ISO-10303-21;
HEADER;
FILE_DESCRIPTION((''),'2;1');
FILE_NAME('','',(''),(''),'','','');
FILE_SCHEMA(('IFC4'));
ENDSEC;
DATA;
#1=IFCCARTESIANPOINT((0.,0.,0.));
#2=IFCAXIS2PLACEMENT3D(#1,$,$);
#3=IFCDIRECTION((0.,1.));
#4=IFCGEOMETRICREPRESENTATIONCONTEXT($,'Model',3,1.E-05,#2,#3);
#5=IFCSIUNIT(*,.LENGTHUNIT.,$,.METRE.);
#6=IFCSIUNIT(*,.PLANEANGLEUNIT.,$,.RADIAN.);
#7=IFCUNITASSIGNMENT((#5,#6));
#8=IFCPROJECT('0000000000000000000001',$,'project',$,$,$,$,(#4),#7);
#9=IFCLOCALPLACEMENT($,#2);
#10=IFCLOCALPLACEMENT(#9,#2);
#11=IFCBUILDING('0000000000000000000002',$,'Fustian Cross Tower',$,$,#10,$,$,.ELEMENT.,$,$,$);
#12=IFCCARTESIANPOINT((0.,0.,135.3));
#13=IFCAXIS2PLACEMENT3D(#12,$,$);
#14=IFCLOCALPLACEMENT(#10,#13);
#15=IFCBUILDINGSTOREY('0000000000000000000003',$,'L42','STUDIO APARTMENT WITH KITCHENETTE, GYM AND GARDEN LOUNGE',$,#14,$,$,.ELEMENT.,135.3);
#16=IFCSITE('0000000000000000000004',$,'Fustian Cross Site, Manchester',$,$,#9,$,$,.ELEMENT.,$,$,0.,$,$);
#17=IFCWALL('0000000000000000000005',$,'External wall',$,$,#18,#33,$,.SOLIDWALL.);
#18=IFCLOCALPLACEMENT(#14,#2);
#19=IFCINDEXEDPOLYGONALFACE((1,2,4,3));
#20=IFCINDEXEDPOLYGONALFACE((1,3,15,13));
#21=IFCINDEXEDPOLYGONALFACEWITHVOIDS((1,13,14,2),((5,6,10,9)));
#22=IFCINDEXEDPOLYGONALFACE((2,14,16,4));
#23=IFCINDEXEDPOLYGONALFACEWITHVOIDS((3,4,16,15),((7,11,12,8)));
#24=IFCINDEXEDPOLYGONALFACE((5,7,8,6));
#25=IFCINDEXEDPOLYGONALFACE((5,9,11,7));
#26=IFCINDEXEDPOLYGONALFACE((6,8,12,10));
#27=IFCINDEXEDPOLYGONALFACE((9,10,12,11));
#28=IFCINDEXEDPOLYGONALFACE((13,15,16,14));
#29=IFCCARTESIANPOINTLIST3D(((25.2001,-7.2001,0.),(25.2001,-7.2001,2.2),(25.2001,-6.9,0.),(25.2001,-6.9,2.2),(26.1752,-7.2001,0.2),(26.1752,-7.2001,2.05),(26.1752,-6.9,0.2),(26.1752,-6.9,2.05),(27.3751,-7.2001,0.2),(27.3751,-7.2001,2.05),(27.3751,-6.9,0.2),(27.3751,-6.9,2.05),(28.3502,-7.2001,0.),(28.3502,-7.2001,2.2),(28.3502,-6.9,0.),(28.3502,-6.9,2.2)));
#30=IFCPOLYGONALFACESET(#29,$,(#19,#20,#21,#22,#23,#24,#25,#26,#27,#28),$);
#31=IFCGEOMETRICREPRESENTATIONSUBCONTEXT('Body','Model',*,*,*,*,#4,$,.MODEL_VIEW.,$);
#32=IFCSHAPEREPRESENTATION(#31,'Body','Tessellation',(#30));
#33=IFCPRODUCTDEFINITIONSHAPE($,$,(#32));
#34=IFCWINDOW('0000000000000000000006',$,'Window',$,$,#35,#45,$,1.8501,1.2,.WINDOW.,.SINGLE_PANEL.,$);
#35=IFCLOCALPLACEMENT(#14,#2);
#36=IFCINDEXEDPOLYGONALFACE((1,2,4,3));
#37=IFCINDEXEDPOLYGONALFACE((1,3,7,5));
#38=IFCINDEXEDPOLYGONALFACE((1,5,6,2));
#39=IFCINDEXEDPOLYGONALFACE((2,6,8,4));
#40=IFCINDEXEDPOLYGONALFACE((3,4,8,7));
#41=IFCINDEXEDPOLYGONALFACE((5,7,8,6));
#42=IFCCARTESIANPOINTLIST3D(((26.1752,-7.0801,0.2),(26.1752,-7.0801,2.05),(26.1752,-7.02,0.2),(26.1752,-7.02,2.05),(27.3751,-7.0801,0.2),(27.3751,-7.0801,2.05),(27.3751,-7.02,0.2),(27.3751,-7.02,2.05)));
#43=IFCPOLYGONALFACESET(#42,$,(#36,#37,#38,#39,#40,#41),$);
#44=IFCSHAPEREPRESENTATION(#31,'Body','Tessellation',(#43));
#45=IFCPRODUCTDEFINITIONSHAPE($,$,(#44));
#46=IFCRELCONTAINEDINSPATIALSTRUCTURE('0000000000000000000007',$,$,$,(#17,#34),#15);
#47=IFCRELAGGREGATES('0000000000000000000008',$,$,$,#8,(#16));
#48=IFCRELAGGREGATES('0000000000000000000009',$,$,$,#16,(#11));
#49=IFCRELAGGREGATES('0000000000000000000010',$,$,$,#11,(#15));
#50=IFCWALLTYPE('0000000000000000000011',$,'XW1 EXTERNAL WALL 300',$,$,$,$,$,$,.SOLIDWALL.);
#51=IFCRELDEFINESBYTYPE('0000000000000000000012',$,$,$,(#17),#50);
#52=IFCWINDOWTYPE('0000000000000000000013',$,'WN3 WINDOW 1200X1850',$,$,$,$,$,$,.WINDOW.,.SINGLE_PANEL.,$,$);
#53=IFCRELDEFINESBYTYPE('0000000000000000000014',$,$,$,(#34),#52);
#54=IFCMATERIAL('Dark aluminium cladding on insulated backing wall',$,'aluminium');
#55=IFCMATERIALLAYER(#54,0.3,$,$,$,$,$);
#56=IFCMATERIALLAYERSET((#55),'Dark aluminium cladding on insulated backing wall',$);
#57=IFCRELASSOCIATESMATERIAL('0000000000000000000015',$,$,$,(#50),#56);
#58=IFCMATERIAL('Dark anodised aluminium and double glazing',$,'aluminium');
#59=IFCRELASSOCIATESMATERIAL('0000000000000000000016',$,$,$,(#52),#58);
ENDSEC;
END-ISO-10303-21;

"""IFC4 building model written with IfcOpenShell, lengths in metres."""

from ifc_helpers import new_model, si_unit, direction, frame, frame_2d, origin, place, context, subcontext, project, spatial, rectangle, extrude, material, layer, layer_set, type_object, element, fill, save


model = new_model("IFC4")

# Units and contexts
model_context = context("Model", 3, precision=1e-05, world=origin(), true_north=direction((0.0, 1.0)))
body_context = subcontext(model_context, "Body", "Model", "MODEL_VIEW")
ifc_project = project(units=[si_unit("LENGTHUNIT", "METRE"), si_unit("PLANEANGLEUNIT", "RADIAN")], contexts=[model_context])

# Site, building, storey
site_placement = place(None, origin())
site = spatial("IfcSite", under=ifc_project, at=site_placement, Name="Fustian Cross Site, Manchester", CompositionType="ELEMENT", RefElevation=0.0)
building_placement = place(site_placement, origin())
building = spatial("IfcBuilding", under=site, at=building_placement, Name="Fustian Cross Tower", CompositionType="ELEMENT")
storey_placement = place(building_placement, frame((0.0, 0.0, 135.3)))
storey = spatial("IfcBuildingStorey", under=building, at=storey_placement, Name="L42", Description="STUDIO APARTMENT WITH KITCHENETTE, GYM AND GARDEN LOUNGE", CompositionType="ELEMENT", Elevation=135.3)

# Wall, opening, window
ifc_material_1 = material(Name="Dark aluminium cladding on insulated backing wall", Category="aluminium")
ifc_layer_1 = layer(ifc_material_1, 0.3)
ifc_layer_set_1 = layer_set([ifc_layer_1], Name="Dark aluminium cladding on insulated backing wall")
wall_type_1 = type_object("IfcWallType", Name="XW1 EXTERNAL WALL 300", PredefinedType="SOLIDWALL", material=ifc_layer_set_1)
ifc_material_2 = material(Name="Dark anodised aluminium and double glazing", Category="aluminium")
window_type = type_object("IfcWindowType", Name="WN3 WINDOW 1200X1850", PartitioningType="SINGLE_PANEL", PredefinedType="WINDOW", material=ifc_material_2)
wall_1_placement = place(storey_placement, frame((25.2, -7.05, 0.0), z_axis=(0.0, 0.0, 1.0), x_axis=(1.0, 0.0, 0.0)))
wall_1 = element("IfcWall", 1, at=wall_1_placement, inside=storey, type_object=wall_type_1, Name="External wall", PredefinedType="SOLIDWALL", context=body_context, shape_type="SweptSolid", body=[
    extrude(rectangle(XDim=3.1501, YDim=0.3, at=frame_2d((1.5752, 0.0))), origin(), (0.0, 0.0, 1.0), 2.2),
])
opening_1_placement = place(wall_1_placement, frame((0.9751, 0.0, 0.2)))
opening_1 = element("IfcOpeningElement", 2, at=opening_1_placement, cuts=wall_1, PredefinedType="OPENING", context=body_context, shape_type="SweptSolid", body=[
    extrude(rectangle(XDim=1.2, YDim=1.8501, at=frame_2d((0.6001, 0.925))), frame((0.0, 0.1599, 0.0), z_axis=(0.0, -1.0, 0.0), x_axis=(1.0, 0.0, 0.0)), (0.0, 0.0, 1.0), 0.3201),
])
window_1_placement = place(opening_1_placement, origin())
window_1 = element("IfcWindow", 3, at=window_1_placement, inside=storey, type_object=window_type, Name="Window", OverallHeight=1.8501, OverallWidth=1.2, PartitioningType="SINGLE_PANEL", PredefinedType="WINDOW", context=body_context, shape_type="SweptSolid", body=[
    extrude(rectangle(XDim=1.2, YDim=1.8501, at=frame_2d((0.6001, 0.925))), frame((0.0, 0.03, 0.0), z_axis=(0.0, -1.0, 0.0), x_axis=(1.0, 0.0, 0.0)), (0.0, 0.0, 1.0), 0.0601),
])
fill(opening_1, window_1)

save(model, "model.ifc")
